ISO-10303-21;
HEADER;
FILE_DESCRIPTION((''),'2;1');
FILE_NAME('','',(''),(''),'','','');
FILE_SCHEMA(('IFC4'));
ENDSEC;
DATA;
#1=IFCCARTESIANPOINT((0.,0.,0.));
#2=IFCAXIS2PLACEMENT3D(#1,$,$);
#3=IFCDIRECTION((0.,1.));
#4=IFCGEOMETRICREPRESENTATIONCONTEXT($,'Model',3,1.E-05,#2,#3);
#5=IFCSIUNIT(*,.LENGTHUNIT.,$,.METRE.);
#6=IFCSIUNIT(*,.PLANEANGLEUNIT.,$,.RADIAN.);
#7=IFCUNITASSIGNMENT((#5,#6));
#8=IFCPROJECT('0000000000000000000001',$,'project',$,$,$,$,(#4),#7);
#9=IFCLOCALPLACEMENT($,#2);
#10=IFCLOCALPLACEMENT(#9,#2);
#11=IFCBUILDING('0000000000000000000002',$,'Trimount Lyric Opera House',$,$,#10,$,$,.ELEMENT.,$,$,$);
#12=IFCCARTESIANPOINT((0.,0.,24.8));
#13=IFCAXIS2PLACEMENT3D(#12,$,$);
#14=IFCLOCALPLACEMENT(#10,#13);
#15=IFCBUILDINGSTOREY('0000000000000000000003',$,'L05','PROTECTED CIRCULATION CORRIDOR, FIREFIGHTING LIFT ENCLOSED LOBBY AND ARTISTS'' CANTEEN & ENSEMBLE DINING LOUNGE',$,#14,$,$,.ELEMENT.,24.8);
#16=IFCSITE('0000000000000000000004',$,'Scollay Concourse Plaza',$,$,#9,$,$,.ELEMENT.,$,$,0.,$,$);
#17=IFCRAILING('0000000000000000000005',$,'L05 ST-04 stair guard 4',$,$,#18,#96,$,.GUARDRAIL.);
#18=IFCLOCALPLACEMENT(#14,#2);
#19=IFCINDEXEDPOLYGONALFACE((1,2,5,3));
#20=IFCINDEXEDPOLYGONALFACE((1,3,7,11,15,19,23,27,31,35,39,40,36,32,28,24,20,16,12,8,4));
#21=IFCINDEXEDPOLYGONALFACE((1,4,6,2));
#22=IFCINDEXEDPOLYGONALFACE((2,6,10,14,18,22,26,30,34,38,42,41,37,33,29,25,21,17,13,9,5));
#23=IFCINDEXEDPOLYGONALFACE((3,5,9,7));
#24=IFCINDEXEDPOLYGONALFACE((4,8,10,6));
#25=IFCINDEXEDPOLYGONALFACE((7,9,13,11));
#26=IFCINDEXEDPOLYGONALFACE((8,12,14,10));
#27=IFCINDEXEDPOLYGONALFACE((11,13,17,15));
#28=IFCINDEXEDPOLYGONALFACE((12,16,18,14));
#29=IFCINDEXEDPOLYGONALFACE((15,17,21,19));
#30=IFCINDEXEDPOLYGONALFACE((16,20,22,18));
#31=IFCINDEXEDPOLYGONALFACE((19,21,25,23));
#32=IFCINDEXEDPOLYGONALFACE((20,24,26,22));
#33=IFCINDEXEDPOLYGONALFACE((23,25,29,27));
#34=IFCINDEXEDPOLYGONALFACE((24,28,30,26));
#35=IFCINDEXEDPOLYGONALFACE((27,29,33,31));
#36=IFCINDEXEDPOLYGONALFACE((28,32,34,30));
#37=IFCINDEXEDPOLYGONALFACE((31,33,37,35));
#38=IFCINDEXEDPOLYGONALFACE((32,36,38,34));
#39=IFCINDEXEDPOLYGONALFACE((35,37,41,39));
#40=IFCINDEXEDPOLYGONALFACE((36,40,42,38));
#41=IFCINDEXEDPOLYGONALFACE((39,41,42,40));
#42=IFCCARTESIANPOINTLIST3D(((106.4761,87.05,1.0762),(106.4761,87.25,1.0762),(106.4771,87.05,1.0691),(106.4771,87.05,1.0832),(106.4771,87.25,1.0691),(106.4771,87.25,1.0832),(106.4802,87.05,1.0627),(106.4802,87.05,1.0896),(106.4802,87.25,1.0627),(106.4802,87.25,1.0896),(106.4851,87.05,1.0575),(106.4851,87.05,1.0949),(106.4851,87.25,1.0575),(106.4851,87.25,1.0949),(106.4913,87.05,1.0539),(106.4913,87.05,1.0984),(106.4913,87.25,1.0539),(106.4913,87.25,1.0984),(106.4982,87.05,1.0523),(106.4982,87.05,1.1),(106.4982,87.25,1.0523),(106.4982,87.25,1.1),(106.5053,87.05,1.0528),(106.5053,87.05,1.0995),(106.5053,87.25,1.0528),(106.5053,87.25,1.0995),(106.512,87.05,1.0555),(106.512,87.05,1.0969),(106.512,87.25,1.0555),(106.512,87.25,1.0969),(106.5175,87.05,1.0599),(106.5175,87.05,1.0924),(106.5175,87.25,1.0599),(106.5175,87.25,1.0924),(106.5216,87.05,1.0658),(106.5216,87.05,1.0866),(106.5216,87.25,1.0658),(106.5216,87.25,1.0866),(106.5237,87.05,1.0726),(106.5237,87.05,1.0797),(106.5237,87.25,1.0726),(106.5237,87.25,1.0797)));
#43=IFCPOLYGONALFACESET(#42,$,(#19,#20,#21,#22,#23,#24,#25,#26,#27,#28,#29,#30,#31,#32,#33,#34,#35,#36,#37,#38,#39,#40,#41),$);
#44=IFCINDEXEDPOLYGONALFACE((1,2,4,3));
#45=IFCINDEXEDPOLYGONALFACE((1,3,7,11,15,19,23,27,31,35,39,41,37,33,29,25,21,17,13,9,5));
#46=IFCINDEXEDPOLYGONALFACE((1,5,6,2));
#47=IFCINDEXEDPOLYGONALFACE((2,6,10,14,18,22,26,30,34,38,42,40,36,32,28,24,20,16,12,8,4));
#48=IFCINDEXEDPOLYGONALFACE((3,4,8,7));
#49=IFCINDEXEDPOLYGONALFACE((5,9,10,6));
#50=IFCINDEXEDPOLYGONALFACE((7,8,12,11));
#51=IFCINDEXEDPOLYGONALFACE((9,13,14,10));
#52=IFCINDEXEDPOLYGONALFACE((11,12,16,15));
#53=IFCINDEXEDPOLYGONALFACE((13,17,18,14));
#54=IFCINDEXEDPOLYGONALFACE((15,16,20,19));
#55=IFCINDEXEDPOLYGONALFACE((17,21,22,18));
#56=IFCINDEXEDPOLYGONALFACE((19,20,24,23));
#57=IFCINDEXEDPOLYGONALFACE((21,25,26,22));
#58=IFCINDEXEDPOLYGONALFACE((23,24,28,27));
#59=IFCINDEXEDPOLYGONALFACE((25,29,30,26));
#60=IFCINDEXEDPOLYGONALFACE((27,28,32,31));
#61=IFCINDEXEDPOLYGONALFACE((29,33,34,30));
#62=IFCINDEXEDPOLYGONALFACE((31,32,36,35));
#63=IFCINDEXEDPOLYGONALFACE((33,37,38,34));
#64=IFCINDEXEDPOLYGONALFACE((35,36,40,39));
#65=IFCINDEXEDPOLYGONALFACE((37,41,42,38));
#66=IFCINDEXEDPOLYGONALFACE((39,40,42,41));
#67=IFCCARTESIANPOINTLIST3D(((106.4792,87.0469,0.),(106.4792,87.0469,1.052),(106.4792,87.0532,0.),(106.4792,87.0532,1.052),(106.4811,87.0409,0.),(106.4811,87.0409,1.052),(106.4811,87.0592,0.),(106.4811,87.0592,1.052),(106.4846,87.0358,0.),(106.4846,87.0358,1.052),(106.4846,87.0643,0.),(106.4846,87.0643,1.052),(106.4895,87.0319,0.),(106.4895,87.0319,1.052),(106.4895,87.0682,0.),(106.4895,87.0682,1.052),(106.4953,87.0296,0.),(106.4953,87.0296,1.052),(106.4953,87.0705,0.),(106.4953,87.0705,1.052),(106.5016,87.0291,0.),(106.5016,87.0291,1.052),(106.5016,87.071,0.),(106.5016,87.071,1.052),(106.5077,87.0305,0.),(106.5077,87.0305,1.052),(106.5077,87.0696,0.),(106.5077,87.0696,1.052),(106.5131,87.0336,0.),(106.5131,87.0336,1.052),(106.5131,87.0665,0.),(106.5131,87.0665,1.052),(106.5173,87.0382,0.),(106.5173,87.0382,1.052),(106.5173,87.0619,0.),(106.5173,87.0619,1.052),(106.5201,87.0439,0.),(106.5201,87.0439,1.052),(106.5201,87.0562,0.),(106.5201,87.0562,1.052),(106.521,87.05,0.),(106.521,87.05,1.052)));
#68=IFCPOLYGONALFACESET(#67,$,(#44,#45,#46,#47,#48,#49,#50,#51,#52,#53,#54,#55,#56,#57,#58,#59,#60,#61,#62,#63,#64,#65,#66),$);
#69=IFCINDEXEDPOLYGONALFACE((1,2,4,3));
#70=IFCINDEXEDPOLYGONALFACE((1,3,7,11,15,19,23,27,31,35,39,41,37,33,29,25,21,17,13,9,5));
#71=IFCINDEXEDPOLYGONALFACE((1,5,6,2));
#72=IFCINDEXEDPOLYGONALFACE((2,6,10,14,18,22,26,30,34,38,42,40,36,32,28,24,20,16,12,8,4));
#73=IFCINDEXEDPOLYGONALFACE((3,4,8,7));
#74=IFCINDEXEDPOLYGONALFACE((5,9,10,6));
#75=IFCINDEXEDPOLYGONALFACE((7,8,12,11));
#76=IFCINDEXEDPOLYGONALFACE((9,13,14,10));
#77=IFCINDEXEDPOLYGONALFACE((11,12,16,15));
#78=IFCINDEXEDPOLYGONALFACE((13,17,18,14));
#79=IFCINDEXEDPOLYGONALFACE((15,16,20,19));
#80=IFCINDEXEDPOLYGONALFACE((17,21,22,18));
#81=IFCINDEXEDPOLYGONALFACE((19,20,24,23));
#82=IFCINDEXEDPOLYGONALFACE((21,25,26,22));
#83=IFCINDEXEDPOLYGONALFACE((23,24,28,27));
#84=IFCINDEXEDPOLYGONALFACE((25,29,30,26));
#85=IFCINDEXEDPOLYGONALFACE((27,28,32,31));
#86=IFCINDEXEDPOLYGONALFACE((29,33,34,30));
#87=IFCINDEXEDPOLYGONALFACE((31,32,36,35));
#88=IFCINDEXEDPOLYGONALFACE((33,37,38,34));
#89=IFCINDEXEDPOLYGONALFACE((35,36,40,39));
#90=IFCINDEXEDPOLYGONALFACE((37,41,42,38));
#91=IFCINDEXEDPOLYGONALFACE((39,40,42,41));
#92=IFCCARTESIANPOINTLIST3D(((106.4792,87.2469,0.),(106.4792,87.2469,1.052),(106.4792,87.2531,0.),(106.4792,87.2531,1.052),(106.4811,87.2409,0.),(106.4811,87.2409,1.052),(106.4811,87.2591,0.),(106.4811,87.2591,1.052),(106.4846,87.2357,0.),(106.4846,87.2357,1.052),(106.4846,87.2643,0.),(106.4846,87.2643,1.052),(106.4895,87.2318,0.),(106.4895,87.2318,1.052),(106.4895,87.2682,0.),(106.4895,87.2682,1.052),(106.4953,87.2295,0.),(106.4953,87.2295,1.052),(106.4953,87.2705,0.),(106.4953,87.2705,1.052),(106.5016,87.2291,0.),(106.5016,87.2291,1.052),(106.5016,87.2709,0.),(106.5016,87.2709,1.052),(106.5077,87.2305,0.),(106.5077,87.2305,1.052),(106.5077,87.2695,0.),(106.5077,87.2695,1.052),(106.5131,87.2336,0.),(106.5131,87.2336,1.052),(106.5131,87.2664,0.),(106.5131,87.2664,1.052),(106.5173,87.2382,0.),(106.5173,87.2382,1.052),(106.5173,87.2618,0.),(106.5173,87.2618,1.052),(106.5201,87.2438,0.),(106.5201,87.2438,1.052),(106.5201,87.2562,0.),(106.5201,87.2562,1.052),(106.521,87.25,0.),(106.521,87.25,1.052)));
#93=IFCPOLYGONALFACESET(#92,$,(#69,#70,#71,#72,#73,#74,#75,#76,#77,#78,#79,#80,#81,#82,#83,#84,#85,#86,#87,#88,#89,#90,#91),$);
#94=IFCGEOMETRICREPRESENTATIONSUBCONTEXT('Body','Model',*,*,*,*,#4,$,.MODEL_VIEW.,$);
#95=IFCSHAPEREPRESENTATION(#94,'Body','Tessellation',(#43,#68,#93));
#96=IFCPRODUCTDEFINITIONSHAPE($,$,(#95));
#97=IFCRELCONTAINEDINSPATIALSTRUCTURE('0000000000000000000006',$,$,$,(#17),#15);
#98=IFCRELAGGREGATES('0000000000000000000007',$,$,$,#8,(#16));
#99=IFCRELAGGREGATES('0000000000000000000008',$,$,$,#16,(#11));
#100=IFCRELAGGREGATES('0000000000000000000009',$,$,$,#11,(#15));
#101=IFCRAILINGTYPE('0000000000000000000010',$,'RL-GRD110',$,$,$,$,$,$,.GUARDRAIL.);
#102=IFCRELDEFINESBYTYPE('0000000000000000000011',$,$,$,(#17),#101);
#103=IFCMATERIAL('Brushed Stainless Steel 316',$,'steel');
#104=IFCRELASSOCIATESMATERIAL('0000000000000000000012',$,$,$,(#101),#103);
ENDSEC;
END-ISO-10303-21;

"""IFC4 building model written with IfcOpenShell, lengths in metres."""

from ifc_helpers import new_model, si_unit, direction, frame, origin, origin_2d, place, context, subcontext, project, spatial, circle, extrude, material, type_object, element, save


model = new_model("IFC4")

# Units and contexts
model_context = context("Model", 3, precision=1e-05, world=origin(), true_north=direction((0.0, 1.0)))
body_context = subcontext(model_context, "Body", "Model", "MODEL_VIEW")
ifc_project = project(units=[si_unit("LENGTHUNIT", "METRE"), si_unit("PLANEANGLEUNIT", "RADIAN")], contexts=[model_context])

# Site, building, storey
site_placement = place(None, origin())
site = spatial("IfcSite", under=ifc_project, at=site_placement, Name="Scollay Concourse Plaza", CompositionType="ELEMENT", RefElevation=0.0)
building_placement = place(site_placement, origin())
building = spatial("IfcBuilding", under=site, at=building_placement, Name="Trimount Lyric Opera House", CompositionType="ELEMENT")
storey_placement = place(building_placement, frame((0.0, 0.0, 24.8)))
storey = spatial("IfcBuildingStorey", under=building, at=storey_placement, Name="L05", Description="PROTECTED CIRCULATION CORRIDOR, FIREFIGHTING LIFT ENCLOSED LOBBY AND ARTISTS' CANTEEN & ENSEMBLE DINING LOUNGE", CompositionType="ELEMENT", Elevation=24.8)

# Railing
ifc_material_1 = material(Name="Brushed Stainless Steel 316", Category="steel")
railing_type_1 = type_object("IfcRailingType", Name="RL-GRD110", PredefinedType="GUARDRAIL", material=ifc_material_1)
railing_1_placement = place(storey_placement, frame((106.5, 87.05, 0.0)))
element("IfcRailing", 1, at=railing_1_placement, inside=storey, type_object=railing_type_1, Name="L05 ST-04 stair guard 4", PredefinedType="GUARDRAIL", context=body_context, shape_type="SweptSolid", body=[
    extrude(circle(Radius=0.0239, at=origin_2d()), frame((0.0, 0.0, 1.0762), z_axis=(0.0, 1.0, 0.0), x_axis=(-1.0, 0.0, 0.0)), (0.0, 0.0, 1.0), 0.2),
    extrude(circle(Radius=0.021, at=origin_2d()), origin(), (0.0, 0.0, 1.0), 1.052),
    extrude(circle(Radius=0.021, at=origin_2d()), frame((0.0, 0.2, 0.0)), (0.0, 0.0, 1.0), 1.052),
])

save(model, "model.ifc")
